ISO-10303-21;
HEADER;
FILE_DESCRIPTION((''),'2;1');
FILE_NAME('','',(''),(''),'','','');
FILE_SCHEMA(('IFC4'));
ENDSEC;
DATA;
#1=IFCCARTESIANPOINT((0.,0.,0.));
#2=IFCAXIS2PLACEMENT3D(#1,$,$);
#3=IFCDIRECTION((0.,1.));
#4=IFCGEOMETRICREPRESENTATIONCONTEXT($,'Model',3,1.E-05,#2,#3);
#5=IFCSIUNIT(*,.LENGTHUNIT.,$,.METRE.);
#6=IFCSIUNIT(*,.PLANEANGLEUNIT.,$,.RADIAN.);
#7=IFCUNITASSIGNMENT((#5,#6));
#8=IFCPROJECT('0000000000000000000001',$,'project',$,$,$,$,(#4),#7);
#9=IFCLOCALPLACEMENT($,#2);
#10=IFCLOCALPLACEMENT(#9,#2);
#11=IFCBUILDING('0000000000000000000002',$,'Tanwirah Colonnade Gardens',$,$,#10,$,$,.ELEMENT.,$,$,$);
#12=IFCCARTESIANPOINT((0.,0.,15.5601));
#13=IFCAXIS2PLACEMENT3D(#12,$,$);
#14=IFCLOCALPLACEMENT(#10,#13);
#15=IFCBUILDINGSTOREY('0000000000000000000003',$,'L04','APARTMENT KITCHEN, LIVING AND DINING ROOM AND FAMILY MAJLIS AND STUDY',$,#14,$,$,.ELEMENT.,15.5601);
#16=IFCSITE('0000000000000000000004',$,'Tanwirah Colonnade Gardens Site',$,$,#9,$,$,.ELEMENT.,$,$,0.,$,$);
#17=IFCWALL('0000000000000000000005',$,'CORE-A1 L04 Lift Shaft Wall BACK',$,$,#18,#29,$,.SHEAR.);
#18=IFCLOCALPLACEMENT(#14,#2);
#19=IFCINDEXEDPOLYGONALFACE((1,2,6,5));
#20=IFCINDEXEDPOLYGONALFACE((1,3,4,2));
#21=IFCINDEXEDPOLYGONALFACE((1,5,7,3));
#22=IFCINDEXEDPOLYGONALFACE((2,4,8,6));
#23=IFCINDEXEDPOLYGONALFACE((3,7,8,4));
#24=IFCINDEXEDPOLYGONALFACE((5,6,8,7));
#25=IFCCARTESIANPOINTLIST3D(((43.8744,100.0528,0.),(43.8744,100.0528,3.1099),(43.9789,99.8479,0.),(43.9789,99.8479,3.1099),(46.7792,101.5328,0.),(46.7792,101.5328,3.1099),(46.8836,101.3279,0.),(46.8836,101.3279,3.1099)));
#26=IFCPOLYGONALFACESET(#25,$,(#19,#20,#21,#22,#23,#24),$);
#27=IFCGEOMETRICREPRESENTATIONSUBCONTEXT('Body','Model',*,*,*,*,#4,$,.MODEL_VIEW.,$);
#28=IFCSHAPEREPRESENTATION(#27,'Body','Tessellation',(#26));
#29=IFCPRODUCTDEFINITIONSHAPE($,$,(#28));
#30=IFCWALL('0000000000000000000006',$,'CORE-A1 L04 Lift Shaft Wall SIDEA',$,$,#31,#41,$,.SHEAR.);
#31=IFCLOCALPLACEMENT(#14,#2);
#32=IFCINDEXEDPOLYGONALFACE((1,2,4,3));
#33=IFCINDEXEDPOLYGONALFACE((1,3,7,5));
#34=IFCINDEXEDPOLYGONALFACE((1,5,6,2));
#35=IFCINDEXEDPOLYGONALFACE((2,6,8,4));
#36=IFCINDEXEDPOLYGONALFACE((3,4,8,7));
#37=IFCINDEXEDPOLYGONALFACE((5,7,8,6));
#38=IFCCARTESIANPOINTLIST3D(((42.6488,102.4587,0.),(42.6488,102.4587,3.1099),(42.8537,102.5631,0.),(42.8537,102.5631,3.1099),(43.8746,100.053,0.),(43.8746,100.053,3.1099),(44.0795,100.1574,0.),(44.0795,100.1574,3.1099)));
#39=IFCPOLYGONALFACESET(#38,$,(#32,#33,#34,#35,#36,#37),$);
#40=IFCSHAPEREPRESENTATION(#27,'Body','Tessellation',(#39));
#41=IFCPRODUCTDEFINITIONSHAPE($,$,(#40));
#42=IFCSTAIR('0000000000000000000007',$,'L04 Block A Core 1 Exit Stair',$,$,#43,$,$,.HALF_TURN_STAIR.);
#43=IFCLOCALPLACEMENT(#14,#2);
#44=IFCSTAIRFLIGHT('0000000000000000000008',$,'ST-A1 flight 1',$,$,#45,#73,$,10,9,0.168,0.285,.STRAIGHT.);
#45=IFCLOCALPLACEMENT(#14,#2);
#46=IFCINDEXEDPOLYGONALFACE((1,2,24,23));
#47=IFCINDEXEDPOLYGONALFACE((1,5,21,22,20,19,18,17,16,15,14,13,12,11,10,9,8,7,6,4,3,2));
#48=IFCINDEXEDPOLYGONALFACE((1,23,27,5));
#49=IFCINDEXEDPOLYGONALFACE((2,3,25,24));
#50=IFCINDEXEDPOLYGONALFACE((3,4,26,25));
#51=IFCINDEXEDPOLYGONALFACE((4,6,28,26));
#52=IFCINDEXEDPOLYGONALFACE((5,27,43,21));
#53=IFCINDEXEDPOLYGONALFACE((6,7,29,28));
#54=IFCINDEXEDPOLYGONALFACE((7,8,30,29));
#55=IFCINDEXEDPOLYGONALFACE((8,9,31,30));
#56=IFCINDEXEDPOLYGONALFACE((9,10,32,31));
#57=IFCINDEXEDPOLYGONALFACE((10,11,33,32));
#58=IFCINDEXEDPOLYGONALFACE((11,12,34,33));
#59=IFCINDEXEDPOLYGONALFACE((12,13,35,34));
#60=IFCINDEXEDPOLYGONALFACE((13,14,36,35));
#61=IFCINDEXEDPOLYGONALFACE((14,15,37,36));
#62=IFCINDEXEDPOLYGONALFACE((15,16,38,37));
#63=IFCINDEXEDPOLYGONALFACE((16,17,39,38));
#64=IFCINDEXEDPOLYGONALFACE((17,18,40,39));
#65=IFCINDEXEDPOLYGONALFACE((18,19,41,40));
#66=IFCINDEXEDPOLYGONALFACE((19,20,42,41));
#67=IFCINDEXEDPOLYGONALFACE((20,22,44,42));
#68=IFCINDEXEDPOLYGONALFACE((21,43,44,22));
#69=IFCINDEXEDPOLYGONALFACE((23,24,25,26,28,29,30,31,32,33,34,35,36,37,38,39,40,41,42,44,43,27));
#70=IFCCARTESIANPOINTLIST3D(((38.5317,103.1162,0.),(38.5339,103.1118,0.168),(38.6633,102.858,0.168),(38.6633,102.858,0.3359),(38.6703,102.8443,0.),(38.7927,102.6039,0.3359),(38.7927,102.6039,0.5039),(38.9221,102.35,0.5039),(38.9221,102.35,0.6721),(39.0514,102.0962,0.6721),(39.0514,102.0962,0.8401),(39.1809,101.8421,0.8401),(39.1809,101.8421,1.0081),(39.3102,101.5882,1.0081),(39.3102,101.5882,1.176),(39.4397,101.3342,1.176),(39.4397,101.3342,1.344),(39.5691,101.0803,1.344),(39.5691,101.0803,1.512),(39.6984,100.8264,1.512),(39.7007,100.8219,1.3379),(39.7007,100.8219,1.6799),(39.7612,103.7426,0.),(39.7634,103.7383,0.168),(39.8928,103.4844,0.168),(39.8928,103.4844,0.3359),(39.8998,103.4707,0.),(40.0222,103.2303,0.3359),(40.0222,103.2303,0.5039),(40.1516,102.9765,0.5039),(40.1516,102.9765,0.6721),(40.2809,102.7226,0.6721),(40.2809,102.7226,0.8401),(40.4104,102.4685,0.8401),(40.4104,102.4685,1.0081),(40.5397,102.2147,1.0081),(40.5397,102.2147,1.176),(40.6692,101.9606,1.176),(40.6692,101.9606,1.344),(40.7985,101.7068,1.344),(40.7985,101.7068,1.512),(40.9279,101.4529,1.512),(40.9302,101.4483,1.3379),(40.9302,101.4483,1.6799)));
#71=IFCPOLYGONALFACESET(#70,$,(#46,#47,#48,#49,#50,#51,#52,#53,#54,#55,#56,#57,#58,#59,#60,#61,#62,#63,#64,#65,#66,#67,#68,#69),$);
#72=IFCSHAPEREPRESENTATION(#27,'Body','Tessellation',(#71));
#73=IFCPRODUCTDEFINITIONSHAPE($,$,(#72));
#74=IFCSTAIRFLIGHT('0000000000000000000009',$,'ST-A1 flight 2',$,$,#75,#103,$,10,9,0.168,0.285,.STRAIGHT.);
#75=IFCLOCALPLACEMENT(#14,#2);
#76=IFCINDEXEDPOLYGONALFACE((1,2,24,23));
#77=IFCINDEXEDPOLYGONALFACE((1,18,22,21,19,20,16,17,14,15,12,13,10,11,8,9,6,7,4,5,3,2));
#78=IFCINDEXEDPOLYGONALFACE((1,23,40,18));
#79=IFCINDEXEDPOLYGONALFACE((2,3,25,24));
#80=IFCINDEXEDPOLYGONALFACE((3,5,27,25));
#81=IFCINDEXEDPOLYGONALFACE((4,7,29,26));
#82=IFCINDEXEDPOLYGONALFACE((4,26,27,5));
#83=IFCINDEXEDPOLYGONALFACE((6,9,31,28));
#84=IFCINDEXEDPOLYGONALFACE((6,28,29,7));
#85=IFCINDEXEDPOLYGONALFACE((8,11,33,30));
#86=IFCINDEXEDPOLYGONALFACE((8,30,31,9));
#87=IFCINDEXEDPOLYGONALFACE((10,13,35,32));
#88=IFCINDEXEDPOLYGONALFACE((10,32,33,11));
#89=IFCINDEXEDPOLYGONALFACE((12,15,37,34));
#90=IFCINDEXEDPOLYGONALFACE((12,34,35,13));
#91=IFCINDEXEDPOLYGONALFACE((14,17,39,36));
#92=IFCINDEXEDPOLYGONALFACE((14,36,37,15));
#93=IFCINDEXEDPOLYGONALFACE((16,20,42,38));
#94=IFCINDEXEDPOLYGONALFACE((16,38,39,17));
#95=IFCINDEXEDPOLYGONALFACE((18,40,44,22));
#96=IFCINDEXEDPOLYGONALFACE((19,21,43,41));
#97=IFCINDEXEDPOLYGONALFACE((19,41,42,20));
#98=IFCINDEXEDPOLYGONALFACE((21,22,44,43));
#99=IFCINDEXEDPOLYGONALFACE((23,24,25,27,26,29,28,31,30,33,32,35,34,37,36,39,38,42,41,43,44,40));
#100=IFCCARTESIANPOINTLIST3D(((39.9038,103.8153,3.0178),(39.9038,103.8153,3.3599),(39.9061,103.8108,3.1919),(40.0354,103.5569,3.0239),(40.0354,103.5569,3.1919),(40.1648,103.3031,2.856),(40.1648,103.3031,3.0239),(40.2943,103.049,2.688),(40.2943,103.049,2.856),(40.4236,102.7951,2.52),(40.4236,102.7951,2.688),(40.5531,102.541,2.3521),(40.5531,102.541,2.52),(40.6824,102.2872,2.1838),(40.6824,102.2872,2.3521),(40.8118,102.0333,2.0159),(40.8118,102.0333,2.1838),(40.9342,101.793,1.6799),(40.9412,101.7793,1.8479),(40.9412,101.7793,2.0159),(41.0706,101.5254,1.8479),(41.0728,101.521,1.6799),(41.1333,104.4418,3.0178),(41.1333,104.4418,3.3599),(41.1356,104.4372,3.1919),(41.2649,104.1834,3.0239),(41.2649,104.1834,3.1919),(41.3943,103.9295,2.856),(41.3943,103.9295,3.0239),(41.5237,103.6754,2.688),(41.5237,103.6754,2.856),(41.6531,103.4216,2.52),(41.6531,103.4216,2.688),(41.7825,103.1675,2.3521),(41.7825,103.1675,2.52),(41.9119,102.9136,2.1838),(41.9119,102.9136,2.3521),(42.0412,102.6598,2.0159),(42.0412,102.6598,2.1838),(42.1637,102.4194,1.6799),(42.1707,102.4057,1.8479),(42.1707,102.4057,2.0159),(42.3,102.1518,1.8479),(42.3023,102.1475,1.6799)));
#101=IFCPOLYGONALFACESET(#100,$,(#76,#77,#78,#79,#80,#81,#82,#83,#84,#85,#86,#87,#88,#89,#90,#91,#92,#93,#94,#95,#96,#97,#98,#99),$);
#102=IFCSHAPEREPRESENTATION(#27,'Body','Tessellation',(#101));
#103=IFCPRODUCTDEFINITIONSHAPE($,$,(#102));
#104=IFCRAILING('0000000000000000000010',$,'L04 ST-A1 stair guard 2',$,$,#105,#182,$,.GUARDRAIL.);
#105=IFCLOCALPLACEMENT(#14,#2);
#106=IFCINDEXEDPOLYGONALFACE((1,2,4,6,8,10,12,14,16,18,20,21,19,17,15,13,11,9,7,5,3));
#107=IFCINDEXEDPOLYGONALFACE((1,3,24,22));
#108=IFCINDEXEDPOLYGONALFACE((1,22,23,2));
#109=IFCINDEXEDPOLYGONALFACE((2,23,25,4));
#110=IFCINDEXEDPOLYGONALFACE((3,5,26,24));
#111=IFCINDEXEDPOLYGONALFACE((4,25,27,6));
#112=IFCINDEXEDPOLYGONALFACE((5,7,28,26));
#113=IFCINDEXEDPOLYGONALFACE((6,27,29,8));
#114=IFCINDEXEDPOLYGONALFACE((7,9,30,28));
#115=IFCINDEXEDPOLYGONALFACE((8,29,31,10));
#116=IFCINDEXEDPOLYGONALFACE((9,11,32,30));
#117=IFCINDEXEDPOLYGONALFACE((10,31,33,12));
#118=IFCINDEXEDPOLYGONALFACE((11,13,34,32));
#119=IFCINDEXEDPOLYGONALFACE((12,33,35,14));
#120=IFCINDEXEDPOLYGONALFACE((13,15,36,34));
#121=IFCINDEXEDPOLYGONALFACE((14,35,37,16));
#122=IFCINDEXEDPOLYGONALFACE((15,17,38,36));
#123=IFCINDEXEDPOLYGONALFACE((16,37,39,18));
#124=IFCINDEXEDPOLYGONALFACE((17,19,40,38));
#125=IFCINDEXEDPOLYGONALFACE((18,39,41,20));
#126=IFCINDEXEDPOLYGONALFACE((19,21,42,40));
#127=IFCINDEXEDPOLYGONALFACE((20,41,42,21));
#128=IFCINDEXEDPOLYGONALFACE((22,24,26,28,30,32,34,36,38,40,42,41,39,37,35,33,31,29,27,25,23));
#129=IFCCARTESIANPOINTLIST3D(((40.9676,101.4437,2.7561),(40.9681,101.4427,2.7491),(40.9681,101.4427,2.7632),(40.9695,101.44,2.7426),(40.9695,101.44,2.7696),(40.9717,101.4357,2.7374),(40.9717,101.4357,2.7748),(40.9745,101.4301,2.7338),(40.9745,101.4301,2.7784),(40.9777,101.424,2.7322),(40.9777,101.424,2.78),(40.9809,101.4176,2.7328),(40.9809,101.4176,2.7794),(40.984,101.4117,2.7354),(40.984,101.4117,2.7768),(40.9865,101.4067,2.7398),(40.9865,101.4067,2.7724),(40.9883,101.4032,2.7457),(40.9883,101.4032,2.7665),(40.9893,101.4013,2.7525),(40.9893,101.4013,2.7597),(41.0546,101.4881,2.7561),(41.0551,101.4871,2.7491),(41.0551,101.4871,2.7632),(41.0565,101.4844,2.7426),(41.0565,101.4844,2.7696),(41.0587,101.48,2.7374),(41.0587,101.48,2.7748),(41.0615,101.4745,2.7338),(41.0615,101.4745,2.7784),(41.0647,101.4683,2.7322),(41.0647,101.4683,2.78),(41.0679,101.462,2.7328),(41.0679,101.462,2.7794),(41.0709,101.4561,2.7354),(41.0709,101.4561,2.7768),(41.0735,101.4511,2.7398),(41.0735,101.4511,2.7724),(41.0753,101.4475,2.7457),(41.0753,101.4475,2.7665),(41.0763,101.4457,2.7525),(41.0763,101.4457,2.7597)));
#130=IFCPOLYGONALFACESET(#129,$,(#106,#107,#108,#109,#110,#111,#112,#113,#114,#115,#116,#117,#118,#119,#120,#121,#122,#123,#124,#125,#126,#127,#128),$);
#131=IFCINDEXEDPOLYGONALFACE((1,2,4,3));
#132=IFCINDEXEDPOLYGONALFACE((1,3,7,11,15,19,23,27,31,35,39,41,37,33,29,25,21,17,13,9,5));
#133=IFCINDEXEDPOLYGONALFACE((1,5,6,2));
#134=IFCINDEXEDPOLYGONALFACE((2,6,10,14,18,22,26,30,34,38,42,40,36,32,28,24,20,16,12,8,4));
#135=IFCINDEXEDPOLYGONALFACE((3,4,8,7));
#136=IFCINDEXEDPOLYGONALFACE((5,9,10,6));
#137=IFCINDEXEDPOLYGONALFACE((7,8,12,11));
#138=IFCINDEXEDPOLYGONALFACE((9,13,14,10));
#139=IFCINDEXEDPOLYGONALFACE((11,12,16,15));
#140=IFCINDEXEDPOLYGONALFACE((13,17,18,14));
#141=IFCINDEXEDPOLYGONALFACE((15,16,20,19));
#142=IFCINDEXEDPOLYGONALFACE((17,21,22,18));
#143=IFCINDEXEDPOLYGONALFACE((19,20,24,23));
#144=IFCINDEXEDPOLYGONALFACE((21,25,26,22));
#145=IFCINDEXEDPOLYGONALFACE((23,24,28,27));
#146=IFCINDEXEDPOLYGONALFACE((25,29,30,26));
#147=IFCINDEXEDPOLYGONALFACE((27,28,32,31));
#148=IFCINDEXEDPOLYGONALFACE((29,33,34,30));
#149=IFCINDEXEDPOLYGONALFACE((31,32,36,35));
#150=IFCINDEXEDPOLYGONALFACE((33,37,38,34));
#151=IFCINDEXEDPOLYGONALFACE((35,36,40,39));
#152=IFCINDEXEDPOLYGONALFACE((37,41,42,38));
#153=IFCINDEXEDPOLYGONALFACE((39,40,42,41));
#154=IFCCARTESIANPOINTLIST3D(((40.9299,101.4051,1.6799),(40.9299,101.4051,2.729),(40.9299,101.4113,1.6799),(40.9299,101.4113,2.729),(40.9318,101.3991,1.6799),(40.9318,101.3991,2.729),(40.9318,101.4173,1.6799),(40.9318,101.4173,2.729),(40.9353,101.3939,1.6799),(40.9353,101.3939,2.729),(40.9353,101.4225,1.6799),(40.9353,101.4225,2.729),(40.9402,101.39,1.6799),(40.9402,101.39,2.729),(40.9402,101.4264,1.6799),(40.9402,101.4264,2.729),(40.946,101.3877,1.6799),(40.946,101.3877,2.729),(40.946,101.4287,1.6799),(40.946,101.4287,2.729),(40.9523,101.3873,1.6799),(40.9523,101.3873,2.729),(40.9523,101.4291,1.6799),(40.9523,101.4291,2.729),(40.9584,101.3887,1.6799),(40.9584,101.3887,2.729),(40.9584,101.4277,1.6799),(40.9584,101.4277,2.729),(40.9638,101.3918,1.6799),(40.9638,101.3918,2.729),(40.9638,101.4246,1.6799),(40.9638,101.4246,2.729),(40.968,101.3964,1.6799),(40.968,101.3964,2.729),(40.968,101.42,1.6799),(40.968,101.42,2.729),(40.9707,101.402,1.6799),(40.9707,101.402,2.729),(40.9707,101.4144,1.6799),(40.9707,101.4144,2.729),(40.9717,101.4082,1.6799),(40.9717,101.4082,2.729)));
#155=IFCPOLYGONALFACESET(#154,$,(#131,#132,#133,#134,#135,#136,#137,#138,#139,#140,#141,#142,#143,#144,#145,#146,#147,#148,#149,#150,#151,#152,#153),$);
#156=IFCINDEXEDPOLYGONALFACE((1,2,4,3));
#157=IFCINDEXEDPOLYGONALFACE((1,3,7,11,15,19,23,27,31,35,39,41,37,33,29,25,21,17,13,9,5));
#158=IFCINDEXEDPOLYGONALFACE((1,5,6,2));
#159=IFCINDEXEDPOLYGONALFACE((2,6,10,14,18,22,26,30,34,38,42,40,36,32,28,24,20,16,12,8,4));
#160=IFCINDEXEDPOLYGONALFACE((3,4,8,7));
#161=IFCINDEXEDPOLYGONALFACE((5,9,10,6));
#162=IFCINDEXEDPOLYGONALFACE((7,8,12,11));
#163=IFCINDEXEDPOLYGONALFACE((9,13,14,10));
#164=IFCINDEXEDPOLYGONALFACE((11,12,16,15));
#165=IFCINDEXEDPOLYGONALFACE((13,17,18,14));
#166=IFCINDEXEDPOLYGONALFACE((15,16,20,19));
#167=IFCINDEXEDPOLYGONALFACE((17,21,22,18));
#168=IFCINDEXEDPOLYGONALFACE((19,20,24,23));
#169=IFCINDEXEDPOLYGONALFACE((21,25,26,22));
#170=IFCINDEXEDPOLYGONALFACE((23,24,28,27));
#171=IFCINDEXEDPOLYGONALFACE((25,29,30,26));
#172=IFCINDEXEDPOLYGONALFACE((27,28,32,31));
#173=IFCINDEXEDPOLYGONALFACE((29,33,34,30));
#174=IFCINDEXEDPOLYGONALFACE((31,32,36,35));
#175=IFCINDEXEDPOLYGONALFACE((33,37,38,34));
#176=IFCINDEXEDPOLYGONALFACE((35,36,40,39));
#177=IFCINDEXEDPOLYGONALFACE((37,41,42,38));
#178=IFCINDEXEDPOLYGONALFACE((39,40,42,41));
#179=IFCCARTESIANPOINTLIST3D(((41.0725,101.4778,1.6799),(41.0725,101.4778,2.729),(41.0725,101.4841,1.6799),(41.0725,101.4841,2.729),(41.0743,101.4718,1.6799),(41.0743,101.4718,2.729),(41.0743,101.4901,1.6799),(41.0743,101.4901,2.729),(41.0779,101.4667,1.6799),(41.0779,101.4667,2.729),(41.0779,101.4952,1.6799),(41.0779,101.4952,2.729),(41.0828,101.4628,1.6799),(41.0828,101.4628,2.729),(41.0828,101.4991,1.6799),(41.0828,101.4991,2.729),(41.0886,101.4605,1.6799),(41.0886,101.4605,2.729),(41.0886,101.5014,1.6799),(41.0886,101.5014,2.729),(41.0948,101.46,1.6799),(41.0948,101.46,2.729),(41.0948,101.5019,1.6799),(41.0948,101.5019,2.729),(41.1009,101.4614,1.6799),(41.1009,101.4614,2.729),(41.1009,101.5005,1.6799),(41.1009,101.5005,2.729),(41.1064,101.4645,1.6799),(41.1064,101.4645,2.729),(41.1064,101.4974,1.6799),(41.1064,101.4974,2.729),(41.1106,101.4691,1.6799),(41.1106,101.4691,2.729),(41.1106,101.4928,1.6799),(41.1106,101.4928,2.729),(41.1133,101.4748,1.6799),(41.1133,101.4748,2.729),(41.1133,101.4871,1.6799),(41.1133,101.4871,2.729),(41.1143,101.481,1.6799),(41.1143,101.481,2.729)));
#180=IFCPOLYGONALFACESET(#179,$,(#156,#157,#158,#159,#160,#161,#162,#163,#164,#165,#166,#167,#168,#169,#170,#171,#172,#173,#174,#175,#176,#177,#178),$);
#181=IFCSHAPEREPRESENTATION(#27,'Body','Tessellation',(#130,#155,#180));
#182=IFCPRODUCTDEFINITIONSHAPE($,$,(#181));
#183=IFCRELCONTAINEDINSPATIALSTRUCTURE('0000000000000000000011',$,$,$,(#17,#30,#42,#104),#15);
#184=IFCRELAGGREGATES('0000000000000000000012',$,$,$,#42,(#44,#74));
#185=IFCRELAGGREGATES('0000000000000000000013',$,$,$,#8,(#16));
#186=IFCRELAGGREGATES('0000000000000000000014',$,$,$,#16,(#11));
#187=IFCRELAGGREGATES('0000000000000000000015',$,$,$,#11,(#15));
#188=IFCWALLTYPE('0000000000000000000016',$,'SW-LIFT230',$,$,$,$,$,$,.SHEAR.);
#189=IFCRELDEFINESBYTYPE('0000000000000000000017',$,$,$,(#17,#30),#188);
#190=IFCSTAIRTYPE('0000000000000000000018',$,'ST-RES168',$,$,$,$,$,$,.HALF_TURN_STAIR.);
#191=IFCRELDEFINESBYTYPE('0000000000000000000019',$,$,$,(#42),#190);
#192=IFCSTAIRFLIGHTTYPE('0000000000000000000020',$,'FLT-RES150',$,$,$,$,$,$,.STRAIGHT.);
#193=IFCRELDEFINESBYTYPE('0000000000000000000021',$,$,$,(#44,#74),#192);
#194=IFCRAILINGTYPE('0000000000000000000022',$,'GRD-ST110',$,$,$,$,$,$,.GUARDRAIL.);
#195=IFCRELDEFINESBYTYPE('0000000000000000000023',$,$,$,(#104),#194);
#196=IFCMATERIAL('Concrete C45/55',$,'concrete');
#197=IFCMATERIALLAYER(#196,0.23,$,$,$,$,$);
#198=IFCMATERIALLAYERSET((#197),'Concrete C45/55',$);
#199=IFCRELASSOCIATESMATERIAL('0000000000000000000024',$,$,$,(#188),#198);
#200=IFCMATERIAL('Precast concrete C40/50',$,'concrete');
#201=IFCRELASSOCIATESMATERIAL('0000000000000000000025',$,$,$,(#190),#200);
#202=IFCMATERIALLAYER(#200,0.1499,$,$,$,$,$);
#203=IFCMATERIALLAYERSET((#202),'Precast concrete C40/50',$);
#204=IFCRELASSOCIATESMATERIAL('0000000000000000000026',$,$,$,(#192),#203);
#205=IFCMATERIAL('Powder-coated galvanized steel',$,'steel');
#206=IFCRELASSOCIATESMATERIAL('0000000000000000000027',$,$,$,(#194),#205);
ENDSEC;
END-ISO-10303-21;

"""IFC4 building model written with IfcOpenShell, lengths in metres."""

from ifc_helpers import new_model, si_unit, direction, frame, frame_2d, origin, origin_2d, place, context, subcontext, project, spatial, polyline, rectangle, circle, outline, extrude, material, layer, layer_set, type_object, element, aggregate, save


model = new_model("IFC4")

# Units and contexts
model_context = context("Model", 3, precision=1e-05, world=origin(), true_north=direction((0.0, 1.0)))
body_context = subcontext(model_context, "Body", "Model", "MODEL_VIEW")
ifc_project = project(units=[si_unit("LENGTHUNIT", "METRE"), si_unit("PLANEANGLEUNIT", "RADIAN")], contexts=[model_context])

# Site, building, storey
site_placement = place(None, origin())
site = spatial("IfcSite", under=ifc_project, at=site_placement, Name="Tanwirah Colonnade Gardens Site", CompositionType="ELEMENT", RefElevation=0.0)
building_placement = place(site_placement, origin())
building = spatial("IfcBuilding", under=site, at=building_placement, Name="Tanwirah Colonnade Gardens", CompositionType="ELEMENT")
storey_placement = place(building_placement, frame((0.0, 0.0, 15.5601)))
storey = spatial("IfcBuildingStorey", under=building, at=storey_placement, Name="L04", Description="APARTMENT KITCHEN, LIVING AND DINING ROOM AND FAMILY MAJLIS AND STUDY", CompositionType="ELEMENT", Elevation=15.5601)

# Shared definitions
ifc_material_1 = material(Name="Precast concrete C40/50", Category="concrete")

# Shared definitions
ifc_material_2 = material(Name="Concrete C45/55", Category="concrete")

# Shared definitions
ifc_layer_1 = layer(ifc_material_2, 0.23)
ifc_layer_set_1 = layer_set([ifc_layer_1], Name="Concrete C45/55")
wall_type_1 = type_object("IfcWallType", Name="SW-LIFT230", PredefinedType="SHEAR", material=ifc_layer_set_1)

# Walls
wall_1_placement = place(storey_placement, frame((43.9268, 99.9504, 0.0), z_axis=(0.0, 0.0, 1.0), x_axis=(0.891017, 0.453971, 0.0)))
element("IfcWall", 1, at=wall_1_placement, inside=storey, type_object=wall_type_1, Name="CORE-A1 L04 Lift Shaft Wall BACK", PredefinedType="SHEAR", context=body_context, shape_type="SweptSolid", body=[
    extrude(rectangle(XDim=3.26, YDim=0.23, at=frame_2d((1.6299, 0.0))), origin(), (0.0, 0.0, 1.0), 3.1099),
])
wall_2_placement = place(storey_placement, frame((42.7512, 102.511, 0.0), z_axis=(0.0, 0.0, 1.0), x_axis=(0.454, -0.891002, 0.0)))
element("IfcWall", 2, at=wall_2_placement, inside=storey, type_object=wall_type_1, Name="CORE-A1 L04 Lift Shaft Wall SIDEA", PredefinedType="SHEAR", context=body_context, shape_type="SweptSolid", body=[
    extrude(rectangle(XDim=2.7, YDim=0.23, at=frame_2d((1.3501, 0.0))), origin(), (0.0, 0.0, 1.0), 3.1099),
])

# Stair, stair flights
stair_type = type_object("IfcStairType", Name="ST-RES168", PredefinedType="HALF_TURN_STAIR", material=ifc_material_1)
stair_placement = place(storey_placement, origin())
stair = element("IfcStair", 3, at=stair_placement, inside=storey, type_object=stair_type, Name="L04 Block A Core 1 Exit Stair", PredefinedType="HALF_TURN_STAIR")
ifc_layer_2 = layer(ifc_material_1, 0.1499)
ifc_layer_set_2 = layer_set([ifc_layer_2], Name="Precast concrete C40/50")
stair_flight_type = type_object("IfcStairFlightType", Name="FLT-RES150", PredefinedType="STRAIGHT", material=ifc_layer_set_2)
stair_flight_1_placement = place(storey_placement, frame((39.1487, 103.425, 0.0), z_axis=(0.0, 0.0, 1.0), x_axis=(0.45399, -0.891007, 0.0)))
stair_flight_1 = element("IfcStairFlight", 4, at=stair_flight_1_placement, type_object=stair_flight_type, Name="ST-A1 flight 1", NumberOfRisers=10, NumberOfTreads=9, PredefinedType="STRAIGHT", RiserHeight=0.168, TreadLength=0.285, context=body_context, shape_type="SweptSolid", body=[
    extrude(outline(polyline([(-0.0049, 0.0), (0.0, 0.168), (0.2849, 0.168), (0.2849, 0.3359), (0.5701, 0.3359), (0.5701, 0.5039), (0.855, 0.5039), (0.855, 0.6721), (1.1399, 0.6721), (1.1399, 0.8401), (1.425, 0.8401), (1.425, 1.0081), (1.71, 1.0081), (1.71, 1.176), (1.9951, 1.176), (1.9951, 1.344), (2.28, 1.344), (2.28, 1.512), (2.5649, 1.512), (2.5701, 1.6799), (2.5701, 1.3379), (0.3003, 0.0), (-0.0049, 0.0)])), frame((0.0, 0.6899, 0.0), z_axis=(0.0, -1.0, 0.0), x_axis=(1.0, 0.0, 0.0)), (0.0, 0.0, 1.0), 1.3799),
])
stair_flight_2_placement = place(storey_placement, frame((41.6853, 101.8386, 1.6799), z_axis=(0.0, 0.0, 1.0), x_axis=(-0.45399, 0.891007, 0.0)))
stair_flight_2 = element("IfcStairFlight", 5, at=stair_flight_2_placement, type_object=stair_flight_type, Name="ST-A1 flight 2", NumberOfRisers=10, NumberOfTreads=9, PredefinedType="STRAIGHT", RiserHeight=0.168, TreadLength=0.285, context=body_context, shape_type="SweptSolid", body=[
    extrude(outline(polyline([(-0.0049, 0.0), (0.0, 0.168), (0.2849, 0.168), (0.2849, 0.3359), (0.5701, 0.3359), (0.5701, 0.5039), (0.855, 0.5039), (0.855, 0.6721), (1.1399, 0.6721), (1.1399, 0.8401), (1.425, 0.8401), (1.425, 1.0081), (1.71, 1.0081), (1.71, 1.176), (1.9951, 1.176), (1.9951, 1.344), (2.28, 1.344), (2.28, 1.512), (2.5649, 1.512), (2.5701, 1.6799), (2.5701, 1.3379), (0.3003, 0.0), (-0.0049, 0.0)])), frame((0.0, 0.6899, 0.0), z_axis=(0.0, -1.0, 0.0), x_axis=(1.0, 0.0, 0.0)), (0.0, 0.0, 1.0), 1.3799),
])
aggregate(stair, [stair_flight_1, stair_flight_2])

# Railing
ifc_material_3 = material(Name="Powder-coated galvanized steel", Category="steel")
railing_type_1 = type_object("IfcRailingType", Name="GRD-ST110", PredefinedType="GUARDRAIL", material=ifc_material_3)
railing_1_placement = place(storey_placement, frame((40.9507, 101.4082, 1.6799)))
element("IfcRailing", 6, at=railing_1_placement, inside=storey, type_object=railing_type_1, Name="L04 ST-A1 stair guard 2", PredefinedType="GUARDRAIL", context=body_context, shape_type="SweptSolid", body=[
    extrude(circle(Radius=0.0239, at=origin_2d()), frame((0.0278, 0.0142, 1.0762), z_axis=(0.890737, 0.45452, 0.0), x_axis=(-0.45452, 0.890737, 0.0)), (0.0, 0.0, 1.0), 0.0977),
    extrude(circle(Radius=0.021, at=origin_2d()), origin(), (0.0, 0.0, 1.0), 1.0491),
    extrude(circle(Radius=0.021, at=origin_2d()), frame((0.1426, 0.0728, 0.0)), (0.0, 0.0, 1.0), 1.0491),
])

save(model, "model.ifc")
